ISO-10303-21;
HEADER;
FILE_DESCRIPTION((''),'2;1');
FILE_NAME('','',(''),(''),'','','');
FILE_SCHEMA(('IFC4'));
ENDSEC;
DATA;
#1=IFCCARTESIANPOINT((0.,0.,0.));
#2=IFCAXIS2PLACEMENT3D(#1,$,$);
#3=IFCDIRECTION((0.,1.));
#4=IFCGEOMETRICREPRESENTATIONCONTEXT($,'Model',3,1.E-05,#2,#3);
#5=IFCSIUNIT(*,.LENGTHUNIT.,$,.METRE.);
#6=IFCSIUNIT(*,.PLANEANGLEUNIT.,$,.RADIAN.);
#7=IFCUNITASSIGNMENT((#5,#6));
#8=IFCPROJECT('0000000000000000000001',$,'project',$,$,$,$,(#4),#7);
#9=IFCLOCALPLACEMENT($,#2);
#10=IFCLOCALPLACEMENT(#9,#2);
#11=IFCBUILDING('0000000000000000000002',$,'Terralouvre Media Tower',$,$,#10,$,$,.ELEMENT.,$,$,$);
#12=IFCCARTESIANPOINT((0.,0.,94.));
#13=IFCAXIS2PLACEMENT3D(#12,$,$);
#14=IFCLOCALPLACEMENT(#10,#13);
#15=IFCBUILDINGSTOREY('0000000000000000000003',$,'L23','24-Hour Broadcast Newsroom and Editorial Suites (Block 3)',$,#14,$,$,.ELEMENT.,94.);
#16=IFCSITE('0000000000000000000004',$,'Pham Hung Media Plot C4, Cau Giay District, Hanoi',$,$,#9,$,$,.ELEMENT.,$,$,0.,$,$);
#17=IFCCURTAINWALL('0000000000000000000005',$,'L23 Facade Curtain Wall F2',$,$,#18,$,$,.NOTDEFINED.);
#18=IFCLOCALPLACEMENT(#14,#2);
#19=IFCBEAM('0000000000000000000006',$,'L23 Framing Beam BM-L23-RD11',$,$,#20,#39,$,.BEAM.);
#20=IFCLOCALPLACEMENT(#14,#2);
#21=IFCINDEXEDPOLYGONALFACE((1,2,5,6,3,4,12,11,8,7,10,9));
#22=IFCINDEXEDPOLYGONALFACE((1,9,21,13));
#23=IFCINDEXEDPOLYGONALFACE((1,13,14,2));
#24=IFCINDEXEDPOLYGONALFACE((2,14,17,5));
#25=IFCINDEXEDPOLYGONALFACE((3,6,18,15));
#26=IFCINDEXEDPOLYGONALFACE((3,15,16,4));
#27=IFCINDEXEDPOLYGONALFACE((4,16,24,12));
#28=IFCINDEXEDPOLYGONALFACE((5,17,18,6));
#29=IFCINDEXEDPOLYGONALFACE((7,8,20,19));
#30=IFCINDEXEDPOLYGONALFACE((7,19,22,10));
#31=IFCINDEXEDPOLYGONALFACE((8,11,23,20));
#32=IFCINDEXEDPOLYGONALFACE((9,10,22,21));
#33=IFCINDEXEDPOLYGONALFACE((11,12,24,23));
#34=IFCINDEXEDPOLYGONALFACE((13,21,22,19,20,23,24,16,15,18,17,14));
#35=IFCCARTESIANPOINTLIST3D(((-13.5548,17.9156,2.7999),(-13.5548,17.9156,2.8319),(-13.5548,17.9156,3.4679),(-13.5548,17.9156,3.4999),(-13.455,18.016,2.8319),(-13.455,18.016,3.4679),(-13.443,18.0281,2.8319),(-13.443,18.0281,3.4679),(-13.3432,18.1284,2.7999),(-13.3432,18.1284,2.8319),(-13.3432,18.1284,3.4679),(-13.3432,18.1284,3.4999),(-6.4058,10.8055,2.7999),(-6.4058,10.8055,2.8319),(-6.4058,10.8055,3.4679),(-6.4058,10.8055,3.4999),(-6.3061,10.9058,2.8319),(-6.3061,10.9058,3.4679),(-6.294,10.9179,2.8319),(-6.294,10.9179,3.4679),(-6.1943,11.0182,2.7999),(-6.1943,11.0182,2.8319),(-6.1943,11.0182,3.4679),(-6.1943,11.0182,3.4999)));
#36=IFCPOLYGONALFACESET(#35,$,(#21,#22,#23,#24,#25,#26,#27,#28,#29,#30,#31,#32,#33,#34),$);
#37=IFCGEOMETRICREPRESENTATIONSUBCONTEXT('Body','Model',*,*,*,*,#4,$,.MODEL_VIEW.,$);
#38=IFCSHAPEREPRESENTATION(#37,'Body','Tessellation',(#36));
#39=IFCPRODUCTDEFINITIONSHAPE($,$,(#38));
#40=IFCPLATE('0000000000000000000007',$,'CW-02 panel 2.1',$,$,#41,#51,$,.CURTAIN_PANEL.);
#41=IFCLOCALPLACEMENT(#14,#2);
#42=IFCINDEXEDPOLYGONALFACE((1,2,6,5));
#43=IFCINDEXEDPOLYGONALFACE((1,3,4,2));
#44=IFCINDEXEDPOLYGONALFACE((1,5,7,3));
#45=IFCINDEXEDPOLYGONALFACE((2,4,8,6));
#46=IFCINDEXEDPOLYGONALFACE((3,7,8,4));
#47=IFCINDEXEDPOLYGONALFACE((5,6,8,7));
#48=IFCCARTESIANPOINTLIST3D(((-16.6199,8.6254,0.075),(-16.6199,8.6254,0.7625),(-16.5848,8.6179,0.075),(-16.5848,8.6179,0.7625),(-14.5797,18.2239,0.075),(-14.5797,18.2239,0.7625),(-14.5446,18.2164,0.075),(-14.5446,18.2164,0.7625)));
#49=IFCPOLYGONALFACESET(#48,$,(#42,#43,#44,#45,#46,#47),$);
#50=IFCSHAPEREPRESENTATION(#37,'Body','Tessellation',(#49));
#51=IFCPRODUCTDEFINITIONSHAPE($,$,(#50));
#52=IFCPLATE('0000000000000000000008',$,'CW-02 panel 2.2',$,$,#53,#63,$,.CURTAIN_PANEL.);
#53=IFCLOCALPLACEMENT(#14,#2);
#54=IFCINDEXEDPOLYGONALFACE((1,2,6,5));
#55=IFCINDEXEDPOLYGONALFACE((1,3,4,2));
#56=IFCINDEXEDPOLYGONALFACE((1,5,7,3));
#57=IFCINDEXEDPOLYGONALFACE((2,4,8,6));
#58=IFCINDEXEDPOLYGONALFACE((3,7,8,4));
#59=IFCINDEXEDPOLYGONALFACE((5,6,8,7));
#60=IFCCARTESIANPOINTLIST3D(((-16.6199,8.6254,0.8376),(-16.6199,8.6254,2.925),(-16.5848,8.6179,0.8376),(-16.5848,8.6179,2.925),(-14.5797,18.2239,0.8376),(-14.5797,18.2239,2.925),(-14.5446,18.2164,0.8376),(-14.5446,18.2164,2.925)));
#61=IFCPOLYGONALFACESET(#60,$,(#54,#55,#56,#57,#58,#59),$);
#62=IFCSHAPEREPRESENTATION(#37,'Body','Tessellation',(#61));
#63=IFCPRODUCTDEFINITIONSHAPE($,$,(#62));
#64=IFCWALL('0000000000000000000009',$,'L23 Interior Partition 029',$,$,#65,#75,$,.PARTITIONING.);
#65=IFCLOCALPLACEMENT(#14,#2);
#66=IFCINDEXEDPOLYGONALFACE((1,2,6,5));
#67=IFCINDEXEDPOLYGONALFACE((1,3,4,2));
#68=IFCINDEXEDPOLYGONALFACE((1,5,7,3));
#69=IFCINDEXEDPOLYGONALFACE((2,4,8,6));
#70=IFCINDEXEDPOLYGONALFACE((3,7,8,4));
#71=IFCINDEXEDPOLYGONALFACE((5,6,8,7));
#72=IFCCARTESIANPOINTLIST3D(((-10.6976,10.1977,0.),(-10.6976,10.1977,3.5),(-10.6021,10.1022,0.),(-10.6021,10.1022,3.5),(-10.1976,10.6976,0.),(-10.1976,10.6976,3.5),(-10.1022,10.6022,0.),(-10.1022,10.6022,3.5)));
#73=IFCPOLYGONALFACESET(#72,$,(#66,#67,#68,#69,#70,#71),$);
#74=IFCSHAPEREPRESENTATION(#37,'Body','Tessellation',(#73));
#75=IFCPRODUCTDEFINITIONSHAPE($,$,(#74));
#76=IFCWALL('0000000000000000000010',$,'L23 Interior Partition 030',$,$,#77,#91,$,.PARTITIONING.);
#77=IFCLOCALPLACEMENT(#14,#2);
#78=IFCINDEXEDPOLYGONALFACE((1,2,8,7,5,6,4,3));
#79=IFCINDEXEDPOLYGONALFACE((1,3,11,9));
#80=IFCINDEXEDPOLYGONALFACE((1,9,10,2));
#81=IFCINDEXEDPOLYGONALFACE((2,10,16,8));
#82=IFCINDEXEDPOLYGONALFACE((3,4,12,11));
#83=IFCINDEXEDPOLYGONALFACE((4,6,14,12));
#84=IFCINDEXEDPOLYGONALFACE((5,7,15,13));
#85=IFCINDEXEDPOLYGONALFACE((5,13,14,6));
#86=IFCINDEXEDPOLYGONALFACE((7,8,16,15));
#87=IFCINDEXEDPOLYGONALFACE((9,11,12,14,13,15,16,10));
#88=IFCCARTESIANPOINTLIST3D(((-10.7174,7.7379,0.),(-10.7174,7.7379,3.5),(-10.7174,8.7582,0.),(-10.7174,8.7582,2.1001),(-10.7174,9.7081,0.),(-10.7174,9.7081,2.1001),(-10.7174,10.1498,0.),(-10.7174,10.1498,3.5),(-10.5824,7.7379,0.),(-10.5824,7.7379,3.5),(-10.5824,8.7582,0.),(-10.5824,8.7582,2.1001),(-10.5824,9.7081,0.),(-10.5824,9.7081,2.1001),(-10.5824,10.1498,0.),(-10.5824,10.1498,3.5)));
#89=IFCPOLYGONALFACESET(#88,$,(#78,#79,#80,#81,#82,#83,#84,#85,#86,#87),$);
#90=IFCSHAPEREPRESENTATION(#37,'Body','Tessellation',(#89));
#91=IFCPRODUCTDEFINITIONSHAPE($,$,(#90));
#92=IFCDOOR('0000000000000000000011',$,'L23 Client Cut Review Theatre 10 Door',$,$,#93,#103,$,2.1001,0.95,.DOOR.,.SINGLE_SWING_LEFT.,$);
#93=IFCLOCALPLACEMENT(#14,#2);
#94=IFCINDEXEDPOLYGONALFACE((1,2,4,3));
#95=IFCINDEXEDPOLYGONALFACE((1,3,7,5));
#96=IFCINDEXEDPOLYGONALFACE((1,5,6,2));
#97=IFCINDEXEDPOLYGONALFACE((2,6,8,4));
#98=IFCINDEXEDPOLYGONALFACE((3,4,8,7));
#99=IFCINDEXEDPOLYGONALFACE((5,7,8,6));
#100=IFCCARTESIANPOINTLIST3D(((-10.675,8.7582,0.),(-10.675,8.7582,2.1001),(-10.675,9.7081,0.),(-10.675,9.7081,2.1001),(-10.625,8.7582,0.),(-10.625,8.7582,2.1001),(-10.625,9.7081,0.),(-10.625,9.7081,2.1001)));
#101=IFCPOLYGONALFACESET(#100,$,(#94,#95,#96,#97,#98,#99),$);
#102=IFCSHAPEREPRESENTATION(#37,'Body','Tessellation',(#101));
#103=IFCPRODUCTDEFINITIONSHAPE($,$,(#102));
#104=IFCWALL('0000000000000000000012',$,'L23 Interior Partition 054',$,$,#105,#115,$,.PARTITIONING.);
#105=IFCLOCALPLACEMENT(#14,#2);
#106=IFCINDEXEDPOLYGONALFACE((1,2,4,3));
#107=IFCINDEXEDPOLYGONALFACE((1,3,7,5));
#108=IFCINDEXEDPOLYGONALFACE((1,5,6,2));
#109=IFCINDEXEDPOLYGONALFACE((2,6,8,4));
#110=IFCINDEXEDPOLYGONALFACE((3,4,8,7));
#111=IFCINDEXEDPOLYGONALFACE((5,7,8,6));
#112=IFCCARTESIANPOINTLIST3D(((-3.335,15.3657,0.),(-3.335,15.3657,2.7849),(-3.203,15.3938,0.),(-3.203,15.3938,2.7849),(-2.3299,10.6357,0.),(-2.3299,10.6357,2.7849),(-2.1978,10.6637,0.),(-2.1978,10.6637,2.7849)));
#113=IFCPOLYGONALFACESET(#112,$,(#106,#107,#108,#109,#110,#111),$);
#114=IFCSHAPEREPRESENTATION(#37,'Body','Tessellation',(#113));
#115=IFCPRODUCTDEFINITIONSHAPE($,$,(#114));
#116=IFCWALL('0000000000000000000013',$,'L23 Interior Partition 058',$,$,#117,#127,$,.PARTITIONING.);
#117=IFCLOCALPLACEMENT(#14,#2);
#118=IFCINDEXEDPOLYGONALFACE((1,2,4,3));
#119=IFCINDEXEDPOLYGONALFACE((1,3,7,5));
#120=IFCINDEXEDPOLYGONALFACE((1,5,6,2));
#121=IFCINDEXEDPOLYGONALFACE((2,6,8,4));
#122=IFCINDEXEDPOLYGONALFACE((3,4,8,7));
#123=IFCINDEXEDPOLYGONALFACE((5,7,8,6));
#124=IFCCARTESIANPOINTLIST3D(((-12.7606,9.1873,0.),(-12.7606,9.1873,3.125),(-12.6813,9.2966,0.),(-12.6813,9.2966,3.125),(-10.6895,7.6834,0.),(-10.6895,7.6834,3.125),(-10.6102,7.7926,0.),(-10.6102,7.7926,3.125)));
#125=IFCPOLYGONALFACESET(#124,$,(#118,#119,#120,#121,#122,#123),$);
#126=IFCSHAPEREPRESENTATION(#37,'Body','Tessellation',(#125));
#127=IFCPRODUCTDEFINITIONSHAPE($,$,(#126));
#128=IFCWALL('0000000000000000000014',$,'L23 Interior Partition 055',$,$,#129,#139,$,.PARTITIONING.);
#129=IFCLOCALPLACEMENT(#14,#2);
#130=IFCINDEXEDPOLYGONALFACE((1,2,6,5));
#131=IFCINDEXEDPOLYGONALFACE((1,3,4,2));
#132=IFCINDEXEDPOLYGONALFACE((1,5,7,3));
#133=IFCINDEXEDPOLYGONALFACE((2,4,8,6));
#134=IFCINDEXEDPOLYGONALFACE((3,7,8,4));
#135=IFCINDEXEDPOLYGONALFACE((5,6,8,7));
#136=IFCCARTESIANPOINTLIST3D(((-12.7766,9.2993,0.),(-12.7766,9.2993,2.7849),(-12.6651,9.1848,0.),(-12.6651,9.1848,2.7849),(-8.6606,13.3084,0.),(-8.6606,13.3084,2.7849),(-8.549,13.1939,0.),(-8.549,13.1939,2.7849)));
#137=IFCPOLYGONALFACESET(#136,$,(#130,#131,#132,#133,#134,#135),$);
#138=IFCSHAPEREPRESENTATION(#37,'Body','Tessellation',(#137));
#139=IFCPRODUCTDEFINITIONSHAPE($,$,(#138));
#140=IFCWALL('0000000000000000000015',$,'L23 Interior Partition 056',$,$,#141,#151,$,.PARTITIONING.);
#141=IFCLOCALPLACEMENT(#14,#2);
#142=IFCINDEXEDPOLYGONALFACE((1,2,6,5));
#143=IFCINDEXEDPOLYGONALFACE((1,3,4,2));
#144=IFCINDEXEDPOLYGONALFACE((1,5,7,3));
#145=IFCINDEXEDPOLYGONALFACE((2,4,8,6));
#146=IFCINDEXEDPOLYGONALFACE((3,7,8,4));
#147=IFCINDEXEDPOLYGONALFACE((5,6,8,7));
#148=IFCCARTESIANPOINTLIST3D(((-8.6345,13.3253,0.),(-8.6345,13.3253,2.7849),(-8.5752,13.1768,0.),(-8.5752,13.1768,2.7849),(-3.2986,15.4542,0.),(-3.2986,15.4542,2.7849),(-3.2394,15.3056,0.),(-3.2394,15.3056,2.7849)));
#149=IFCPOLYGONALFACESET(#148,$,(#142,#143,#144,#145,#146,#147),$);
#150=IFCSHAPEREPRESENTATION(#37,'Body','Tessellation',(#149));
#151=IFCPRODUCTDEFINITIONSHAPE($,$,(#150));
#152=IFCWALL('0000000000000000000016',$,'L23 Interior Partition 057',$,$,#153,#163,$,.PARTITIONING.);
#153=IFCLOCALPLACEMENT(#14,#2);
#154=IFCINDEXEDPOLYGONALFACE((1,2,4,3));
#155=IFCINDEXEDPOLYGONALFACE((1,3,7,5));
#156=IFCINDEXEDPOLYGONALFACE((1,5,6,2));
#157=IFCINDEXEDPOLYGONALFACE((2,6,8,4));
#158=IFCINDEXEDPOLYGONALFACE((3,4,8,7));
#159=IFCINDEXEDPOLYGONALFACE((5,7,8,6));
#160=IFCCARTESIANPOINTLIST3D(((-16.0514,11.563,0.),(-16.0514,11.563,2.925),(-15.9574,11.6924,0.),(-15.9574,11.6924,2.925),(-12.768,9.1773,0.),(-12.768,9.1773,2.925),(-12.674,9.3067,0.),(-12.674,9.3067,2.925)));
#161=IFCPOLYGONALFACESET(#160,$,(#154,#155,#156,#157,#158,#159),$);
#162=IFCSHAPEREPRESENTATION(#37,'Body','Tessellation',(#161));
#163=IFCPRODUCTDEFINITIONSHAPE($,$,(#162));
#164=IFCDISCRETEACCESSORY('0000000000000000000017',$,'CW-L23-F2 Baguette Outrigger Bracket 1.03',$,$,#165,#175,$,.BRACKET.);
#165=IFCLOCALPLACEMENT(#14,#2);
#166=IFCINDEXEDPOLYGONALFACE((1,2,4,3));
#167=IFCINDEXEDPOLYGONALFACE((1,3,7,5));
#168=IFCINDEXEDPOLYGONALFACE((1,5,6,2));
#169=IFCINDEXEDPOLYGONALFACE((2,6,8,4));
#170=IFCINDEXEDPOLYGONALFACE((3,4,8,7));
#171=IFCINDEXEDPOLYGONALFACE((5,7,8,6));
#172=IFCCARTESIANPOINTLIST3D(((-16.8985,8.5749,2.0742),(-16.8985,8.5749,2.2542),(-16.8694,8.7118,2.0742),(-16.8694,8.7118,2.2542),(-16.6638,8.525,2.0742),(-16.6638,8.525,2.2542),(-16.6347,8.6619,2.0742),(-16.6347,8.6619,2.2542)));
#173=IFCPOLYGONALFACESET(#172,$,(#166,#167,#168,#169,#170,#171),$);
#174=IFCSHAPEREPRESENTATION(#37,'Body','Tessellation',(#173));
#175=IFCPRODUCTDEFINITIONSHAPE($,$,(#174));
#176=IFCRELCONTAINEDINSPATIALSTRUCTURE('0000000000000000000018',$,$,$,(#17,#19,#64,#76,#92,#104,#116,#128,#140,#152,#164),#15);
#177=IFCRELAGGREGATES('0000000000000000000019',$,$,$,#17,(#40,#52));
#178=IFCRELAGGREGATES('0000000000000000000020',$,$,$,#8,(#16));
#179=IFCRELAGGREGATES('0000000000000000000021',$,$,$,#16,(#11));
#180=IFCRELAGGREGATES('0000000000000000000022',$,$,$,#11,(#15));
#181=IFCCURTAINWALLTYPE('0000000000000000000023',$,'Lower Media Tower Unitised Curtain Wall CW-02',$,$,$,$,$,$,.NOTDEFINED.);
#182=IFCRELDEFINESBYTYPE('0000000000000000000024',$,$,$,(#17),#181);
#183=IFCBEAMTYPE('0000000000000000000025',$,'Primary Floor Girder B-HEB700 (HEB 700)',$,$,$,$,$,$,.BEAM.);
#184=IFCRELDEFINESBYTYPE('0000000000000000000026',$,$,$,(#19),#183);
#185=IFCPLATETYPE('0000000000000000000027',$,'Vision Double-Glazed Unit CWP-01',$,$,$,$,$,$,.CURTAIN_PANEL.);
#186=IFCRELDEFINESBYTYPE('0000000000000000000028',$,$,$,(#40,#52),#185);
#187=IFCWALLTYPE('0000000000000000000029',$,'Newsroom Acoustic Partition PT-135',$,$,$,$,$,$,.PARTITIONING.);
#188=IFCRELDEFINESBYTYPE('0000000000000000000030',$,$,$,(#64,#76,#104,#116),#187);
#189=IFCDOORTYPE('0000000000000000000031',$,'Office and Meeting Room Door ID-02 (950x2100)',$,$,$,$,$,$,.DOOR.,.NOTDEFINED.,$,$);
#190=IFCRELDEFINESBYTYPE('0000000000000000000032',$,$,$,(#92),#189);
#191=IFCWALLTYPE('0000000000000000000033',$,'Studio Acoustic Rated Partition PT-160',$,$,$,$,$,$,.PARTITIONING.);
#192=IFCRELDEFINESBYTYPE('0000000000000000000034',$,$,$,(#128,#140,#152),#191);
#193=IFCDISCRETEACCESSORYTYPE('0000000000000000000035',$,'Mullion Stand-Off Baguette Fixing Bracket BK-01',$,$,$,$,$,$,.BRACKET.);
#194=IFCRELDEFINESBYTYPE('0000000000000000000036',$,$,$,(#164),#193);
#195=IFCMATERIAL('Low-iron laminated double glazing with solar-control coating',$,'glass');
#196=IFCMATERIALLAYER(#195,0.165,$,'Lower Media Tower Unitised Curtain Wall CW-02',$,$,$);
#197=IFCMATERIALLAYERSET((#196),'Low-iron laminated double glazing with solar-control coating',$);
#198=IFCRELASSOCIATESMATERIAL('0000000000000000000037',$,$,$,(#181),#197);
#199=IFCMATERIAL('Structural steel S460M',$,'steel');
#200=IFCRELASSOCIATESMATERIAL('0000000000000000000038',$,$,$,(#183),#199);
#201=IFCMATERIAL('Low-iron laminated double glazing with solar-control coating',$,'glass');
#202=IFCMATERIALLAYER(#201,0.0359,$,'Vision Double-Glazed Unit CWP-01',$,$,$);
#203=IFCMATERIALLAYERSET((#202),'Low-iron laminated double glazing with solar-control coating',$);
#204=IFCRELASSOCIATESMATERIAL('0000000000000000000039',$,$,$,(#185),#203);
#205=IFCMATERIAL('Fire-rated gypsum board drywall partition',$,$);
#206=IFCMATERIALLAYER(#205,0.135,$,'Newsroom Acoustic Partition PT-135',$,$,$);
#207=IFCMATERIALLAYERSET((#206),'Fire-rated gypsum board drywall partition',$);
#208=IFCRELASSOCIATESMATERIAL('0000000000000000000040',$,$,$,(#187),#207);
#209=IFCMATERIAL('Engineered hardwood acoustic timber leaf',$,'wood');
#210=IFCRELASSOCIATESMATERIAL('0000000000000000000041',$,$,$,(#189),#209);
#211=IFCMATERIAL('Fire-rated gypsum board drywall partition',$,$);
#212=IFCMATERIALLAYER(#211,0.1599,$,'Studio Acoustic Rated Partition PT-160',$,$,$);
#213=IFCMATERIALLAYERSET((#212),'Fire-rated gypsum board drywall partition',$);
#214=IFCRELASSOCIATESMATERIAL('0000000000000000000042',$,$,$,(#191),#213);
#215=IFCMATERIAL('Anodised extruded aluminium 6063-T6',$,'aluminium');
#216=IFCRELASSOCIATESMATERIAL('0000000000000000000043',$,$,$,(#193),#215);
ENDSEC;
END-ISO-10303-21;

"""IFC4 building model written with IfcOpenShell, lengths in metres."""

from ifc_helpers import new_model, si_unit, direction, frame, frame_2d, origin, origin_2d, place, context, subcontext, project, spatial, rectangle, i_section, extrude, material, layer, layer_set, material_profile, profile_set, type_object, element, fill, aggregate, save


model = new_model("IFC4")

# Units and contexts
model_context = context("Model", 3, precision=1e-05, world=origin(), true_north=direction((0.0, 1.0)))
body_context = subcontext(model_context, "Body", "Model", "MODEL_VIEW")
ifc_project = project(units=[si_unit("LENGTHUNIT", "METRE"), si_unit("PLANEANGLEUNIT", "RADIAN")], contexts=[model_context])

# Site, building, storey
site_placement = place(None, origin())
site = spatial("IfcSite", under=ifc_project, at=site_placement, Name="Pham Hung Media Plot C4, Cau Giay District, Hanoi", CompositionType="ELEMENT", RefElevation=0.0)
building_placement = place(site_placement, origin())
building = spatial("IfcBuilding", under=site, at=building_placement, Name="Terralouvre Media Tower", CompositionType="ELEMENT")
storey_placement = place(building_placement, frame((0.0, 0.0, 94.0)))
storey = spatial("IfcBuildingStorey", under=building, at=storey_placement, Name="L23", Description="24-Hour Broadcast Newsroom and Editorial Suites (Block 3)", CompositionType="ELEMENT", Elevation=94.0)

# Curtain wall
ifc_material_1 = material(Name="Low-iron laminated double glazing with solar-control coating", Category="glass")
ifc_layer_1 = layer(ifc_material_1, 0.165, Name="Lower Media Tower Unitised Curtain Wall CW-02")
ifc_layer_set_1 = layer_set([ifc_layer_1], Name="Low-iron laminated double glazing with solar-control coating")
curtain_wall_type = type_object("IfcCurtainWallType", Name="Lower Media Tower Unitised Curtain Wall CW-02", PredefinedType="NOTDEFINED", material=ifc_layer_set_1)
curtain_wall_placement = place(storey_placement, origin())
curtain_wall = element("IfcCurtainWall", 1, at=curtain_wall_placement, inside=storey, type_object=curtain_wall_type, Name="L23 Facade Curtain Wall F2", PredefinedType="NOTDEFINED")

# Beam
ifc_material_2 = material(Name="Structural steel S460M", Category="steel")
ifc_material_profile_1 = material_profile(ifc_material_2, i_section(OverallWidth=0.3, OverallDepth=0.7, WebThickness=0.0171, FlangeThickness=0.032, at=origin_2d()), Name="HEB 700")
ifc_profile_set_1 = profile_set([ifc_material_profile_1], Name="Structural steel S460M")
beam_type_1 = type_object("IfcBeamType", Name="Primary Floor Girder B-HEB700 (HEB 700)", PredefinedType="BEAM", material=ifc_profile_set_1)
beam_1_placement = place(storey_placement, frame((-6.3, 10.9119, 3.1499), z_axis=(-0.709029, 0.705179, 0.0), x_axis=(-0.705179, -0.709029, 0.0)))
element("IfcBeam", 2, at=beam_1_placement, inside=storey, type_object=beam_type_1, Name="L23 Framing Beam BM-L23-RD11", PredefinedType="BEAM", context=body_context, shape_type="SweptSolid", body=[
    extrude(i_section(OverallWidth=0.3, OverallDepth=0.7, WebThickness=0.0171, FlangeThickness=0.032, at=origin_2d()), origin(), (0.0, 0.0, 1.0), 10.0828),
])

# Plates
ifc_material_3 = material(Name="Low-iron laminated double glazing with solar-control coating", Category="glass")
ifc_layer_2 = layer(ifc_material_3, 0.0359, Name="Vision Double-Glazed Unit CWP-01")
ifc_layer_set_2 = layer_set([ifc_layer_2], Name="Low-iron laminated double glazing with solar-control coating")
plate_type = type_object("IfcPlateType", Name="Vision Double-Glazed Unit CWP-01", PredefinedType="CURTAIN_PANEL", material=ifc_layer_set_2)
plate_1_placement = place(storey_placement, frame((-15.5823, 13.4209, 0.075), z_axis=(0.0, 0.0, 1.0), x_axis=(-0.207912, -0.978148, 0.0)))
plate_1 = element("IfcPlate", 3, at=plate_1_placement, type_object=plate_type, Name="CW-02 panel 2.1", PredefinedType="CURTAIN_PANEL", context=body_context, shape_type="SweptSolid", body=[
    extrude(rectangle(XDim=9.813, YDim=0.0359, at=origin_2d()), origin(), (0.0, 0.0, 1.0), 0.6875),
])
plate_2_placement = place(storey_placement, frame((-15.5823, 13.4209, 0.8376), z_axis=(0.0, 0.0, 1.0), x_axis=(-0.207912, -0.978148, 0.0)))
plate_2 = element("IfcPlate", 4, at=plate_2_placement, type_object=plate_type, Name="CW-02 panel 2.2", PredefinedType="CURTAIN_PANEL", context=body_context, shape_type="SweptSolid", body=[
    extrude(rectangle(XDim=9.813, YDim=0.0359, at=origin_2d()), origin(), (0.0, 0.0, 1.0), 2.0874),
])
aggregate(curtain_wall, [plate_1, plate_2])

# Wall
ifc_material_4 = material(Name="Fire-rated gypsum board drywall partition")
ifc_layer_3 = layer(ifc_material_4, 0.135, Name="Newsroom Acoustic Partition PT-135")
ifc_layer_set_3 = layer_set([ifc_layer_3], Name="Fire-rated gypsum board drywall partition")
wall_type_1 = type_object("IfcWallType", Name="Newsroom Acoustic Partition PT-135", PredefinedType="PARTITIONING", material=ifc_layer_set_3)
wall_1_placement = place(storey_placement, frame((-10.1499, 10.6499, 0.0), z_axis=(0.0, 0.0, 1.0), x_axis=(-0.707107, -0.707107, 0.0)))
element("IfcWall", 5, at=wall_1_placement, inside=storey, type_object=wall_type_1, Name="L23 Interior Partition 029", PredefinedType="PARTITIONING", context=body_context, shape_type="SweptSolid", body=[
    extrude(rectangle(XDim=0.707, YDim=0.135, at=frame_2d((0.3535, 0.0))), origin(), (0.0, 0.0, 1.0), 3.5),
])

# Wall, opening, door
wall_2_placement = place(storey_placement, frame((-10.6499, 10.1499, 0.0), z_axis=(0.0, 0.0, 1.0), x_axis=(0.0, -1.0, 0.0)))
wall_2 = element("IfcWall", 6, at=wall_2_placement, inside=storey, type_object=wall_type_1, Name="L23 Interior Partition 030", PredefinedType="PARTITIONING", context=body_context, shape_type="SweptSolid", body=[
    extrude(rectangle(XDim=2.4119, YDim=0.135, at=frame_2d((1.2061, 0.0))), origin(), (0.0, 0.0, 1.0), 3.5),
])
opening_placement = place(wall_2_placement, frame((0.4417, 0.0, 0.0)))
opening = element("IfcOpeningElement", 7, at=opening_placement, cuts=wall_2, PredefinedType="OPENING", context=body_context, shape_type="SweptSolid", body=[
    extrude(rectangle(XDim=0.95, YDim=2.1001, at=frame_2d((0.4751, 1.05))), frame((0.0, 0.0774, 0.0), z_axis=(0.0, -1.0, 0.0), x_axis=(1.0, 0.0, 0.0)), (0.0, 0.0, 1.0), 0.155),
])
ifc_material_5 = material(Name="Engineered hardwood acoustic timber leaf", Category="wood")
door_type = type_object("IfcDoorType", Name="Office and Meeting Room Door ID-02 (950x2100)", OperationType="NOTDEFINED", PredefinedType="DOOR", material=ifc_material_5)
door_placement = place(opening_placement, origin())
door = element("IfcDoor", 8, at=door_placement, inside=storey, type_object=door_type, Name="L23 Client Cut Review Theatre 10 Door", OperationType="SINGLE_SWING_LEFT", OverallHeight=2.1001, OverallWidth=0.95, PredefinedType="DOOR", context=body_context, shape_type="SweptSolid", body=[
    extrude(rectangle(XDim=0.95, YDim=2.1001, at=frame_2d((0.4751, 1.05))), frame((0.0, 0.0249, 0.0), z_axis=(0.0, -1.0, 0.0), x_axis=(1.0, 0.0, 0.0)), (0.0, 0.0, 1.0), 0.05),
])
fill(opening, door)

# Walls
wall_3_placement = place(storey_placement, frame((-3.269, 15.3799, 0.0), z_axis=(0.0, 0.0, 1.0), x_axis=(0.20786, -0.978159, 0.0)))
element("IfcWall", 9, at=wall_3_placement, inside=storey, type_object=wall_type_1, Name="L23 Interior Partition 054", PredefinedType="PARTITIONING", context=body_context, shape_type="SweptSolid", body=[
    extrude(rectangle(XDim=4.8357, YDim=0.135, at=frame_2d((2.418, 0.0))), origin(), (0.0, 0.0, 1.0), 2.7849),
])
wall_4_placement = place(storey_placement, frame((-12.7209, 9.2419, 0.0), z_axis=(0.0, 0.0, 1.0), x_axis=(0.809165, -0.587582, 0.0)))
element("IfcWall", 10, at=wall_4_placement, inside=storey, type_object=wall_type_1, Name="L23 Interior Partition 058", PredefinedType="PARTITIONING", context=body_context, shape_type="SweptSolid", body=[
    extrude(rectangle(XDim=2.5596, YDim=0.135, at=frame_2d((1.2798, 0.0))), origin(), (0.0, 0.0, 1.0), 3.125),
])
ifc_material_6 = material(Name="Fire-rated gypsum board drywall partition")
ifc_layer_4 = layer(ifc_material_6, 0.1599, Name="Studio Acoustic Rated Partition PT-160")
ifc_layer_set_4 = layer_set([ifc_layer_4], Name="Fire-rated gypsum board drywall partition")
wall_type_2 = type_object("IfcWallType", Name="Studio Acoustic Rated Partition PT-160", PredefinedType="PARTITIONING", material=ifc_layer_set_4)
wall_5_placement = place(storey_placement, frame((-12.7209, 9.2419, 0.0), z_axis=(0.0, 0.0, 1.0), x_axis=(0.716351, 0.69774, 0.0)))
element("IfcWall", 11, at=wall_5_placement, inside=storey, type_object=wall_type_2, Name="L23 Interior Partition 055", PredefinedType="PARTITIONING", context=body_context, shape_type="SweptSolid", body=[
    extrude(rectangle(XDim=5.7458, YDim=0.1599, at=frame_2d((2.873, 0.0))), origin(), (0.0, 0.0, 1.0), 2.7849),
])
wall_6_placement = place(storey_placement, frame((-8.605, 13.251, 0.0), z_axis=(0.0, 0.0, 1.0), x_axis=(0.928805, 0.37057, 0.0)))
element("IfcWall", 12, at=wall_6_placement, inside=storey, type_object=wall_type_2, Name="L23 Interior Partition 056", PredefinedType="PARTITIONING", context=body_context, shape_type="SweptSolid", body=[
    extrude(rectangle(XDim=5.7449, YDim=0.1599, at=frame_2d((2.8726, 0.0))), origin(), (0.0, 0.0, 1.0), 2.7849),
])
wall_7_placement = place(storey_placement, frame((-16.0044, 11.6277, 0.0), z_axis=(0.0, 0.0, 1.0), x_axis=(0.808996, -0.587814, 0.0)))
element("IfcWall", 13, at=wall_7_placement, inside=storey, type_object=wall_type_2, Name="L23 Interior Partition 057", PredefinedType="PARTITIONING", context=body_context, shape_type="SweptSolid", body=[
    extrude(rectangle(XDim=4.0586, YDim=0.1599, at=frame_2d((2.0293, 0.0))), origin(), (0.0, 0.0, 1.0), 2.925),
])

# Discrete accessory
ifc_material_7 = material(Name="Anodised extruded aluminium 6063-T6", Category="aluminium")
discrete_accessory_type = type_object("IfcDiscreteAccessoryType", Name="Mullion Stand-Off Baguette Fixing Bracket BK-01", PredefinedType="BRACKET", material=ifc_material_7)
discrete_accessory_placement = place(storey_placement, frame((-16.7666, 8.6184, 2.0742), z_axis=(0.0, 0.0, 1.0), x_axis=(-0.207912, -0.978148, 0.0)))
element("IfcDiscreteAccessory", 14, at=discrete_accessory_placement, inside=storey, type_object=discrete_accessory_type, Name="CW-L23-F2 Baguette Outrigger Bracket 1.03", PredefinedType="BRACKET", context=body_context, shape_type="SweptSolid", body=[
    extrude(rectangle(XDim=0.1399, YDim=0.24, at=origin_2d()), origin(), (0.0, 0.0, 1.0), 0.1799),
])

save(model, "model.ifc")
